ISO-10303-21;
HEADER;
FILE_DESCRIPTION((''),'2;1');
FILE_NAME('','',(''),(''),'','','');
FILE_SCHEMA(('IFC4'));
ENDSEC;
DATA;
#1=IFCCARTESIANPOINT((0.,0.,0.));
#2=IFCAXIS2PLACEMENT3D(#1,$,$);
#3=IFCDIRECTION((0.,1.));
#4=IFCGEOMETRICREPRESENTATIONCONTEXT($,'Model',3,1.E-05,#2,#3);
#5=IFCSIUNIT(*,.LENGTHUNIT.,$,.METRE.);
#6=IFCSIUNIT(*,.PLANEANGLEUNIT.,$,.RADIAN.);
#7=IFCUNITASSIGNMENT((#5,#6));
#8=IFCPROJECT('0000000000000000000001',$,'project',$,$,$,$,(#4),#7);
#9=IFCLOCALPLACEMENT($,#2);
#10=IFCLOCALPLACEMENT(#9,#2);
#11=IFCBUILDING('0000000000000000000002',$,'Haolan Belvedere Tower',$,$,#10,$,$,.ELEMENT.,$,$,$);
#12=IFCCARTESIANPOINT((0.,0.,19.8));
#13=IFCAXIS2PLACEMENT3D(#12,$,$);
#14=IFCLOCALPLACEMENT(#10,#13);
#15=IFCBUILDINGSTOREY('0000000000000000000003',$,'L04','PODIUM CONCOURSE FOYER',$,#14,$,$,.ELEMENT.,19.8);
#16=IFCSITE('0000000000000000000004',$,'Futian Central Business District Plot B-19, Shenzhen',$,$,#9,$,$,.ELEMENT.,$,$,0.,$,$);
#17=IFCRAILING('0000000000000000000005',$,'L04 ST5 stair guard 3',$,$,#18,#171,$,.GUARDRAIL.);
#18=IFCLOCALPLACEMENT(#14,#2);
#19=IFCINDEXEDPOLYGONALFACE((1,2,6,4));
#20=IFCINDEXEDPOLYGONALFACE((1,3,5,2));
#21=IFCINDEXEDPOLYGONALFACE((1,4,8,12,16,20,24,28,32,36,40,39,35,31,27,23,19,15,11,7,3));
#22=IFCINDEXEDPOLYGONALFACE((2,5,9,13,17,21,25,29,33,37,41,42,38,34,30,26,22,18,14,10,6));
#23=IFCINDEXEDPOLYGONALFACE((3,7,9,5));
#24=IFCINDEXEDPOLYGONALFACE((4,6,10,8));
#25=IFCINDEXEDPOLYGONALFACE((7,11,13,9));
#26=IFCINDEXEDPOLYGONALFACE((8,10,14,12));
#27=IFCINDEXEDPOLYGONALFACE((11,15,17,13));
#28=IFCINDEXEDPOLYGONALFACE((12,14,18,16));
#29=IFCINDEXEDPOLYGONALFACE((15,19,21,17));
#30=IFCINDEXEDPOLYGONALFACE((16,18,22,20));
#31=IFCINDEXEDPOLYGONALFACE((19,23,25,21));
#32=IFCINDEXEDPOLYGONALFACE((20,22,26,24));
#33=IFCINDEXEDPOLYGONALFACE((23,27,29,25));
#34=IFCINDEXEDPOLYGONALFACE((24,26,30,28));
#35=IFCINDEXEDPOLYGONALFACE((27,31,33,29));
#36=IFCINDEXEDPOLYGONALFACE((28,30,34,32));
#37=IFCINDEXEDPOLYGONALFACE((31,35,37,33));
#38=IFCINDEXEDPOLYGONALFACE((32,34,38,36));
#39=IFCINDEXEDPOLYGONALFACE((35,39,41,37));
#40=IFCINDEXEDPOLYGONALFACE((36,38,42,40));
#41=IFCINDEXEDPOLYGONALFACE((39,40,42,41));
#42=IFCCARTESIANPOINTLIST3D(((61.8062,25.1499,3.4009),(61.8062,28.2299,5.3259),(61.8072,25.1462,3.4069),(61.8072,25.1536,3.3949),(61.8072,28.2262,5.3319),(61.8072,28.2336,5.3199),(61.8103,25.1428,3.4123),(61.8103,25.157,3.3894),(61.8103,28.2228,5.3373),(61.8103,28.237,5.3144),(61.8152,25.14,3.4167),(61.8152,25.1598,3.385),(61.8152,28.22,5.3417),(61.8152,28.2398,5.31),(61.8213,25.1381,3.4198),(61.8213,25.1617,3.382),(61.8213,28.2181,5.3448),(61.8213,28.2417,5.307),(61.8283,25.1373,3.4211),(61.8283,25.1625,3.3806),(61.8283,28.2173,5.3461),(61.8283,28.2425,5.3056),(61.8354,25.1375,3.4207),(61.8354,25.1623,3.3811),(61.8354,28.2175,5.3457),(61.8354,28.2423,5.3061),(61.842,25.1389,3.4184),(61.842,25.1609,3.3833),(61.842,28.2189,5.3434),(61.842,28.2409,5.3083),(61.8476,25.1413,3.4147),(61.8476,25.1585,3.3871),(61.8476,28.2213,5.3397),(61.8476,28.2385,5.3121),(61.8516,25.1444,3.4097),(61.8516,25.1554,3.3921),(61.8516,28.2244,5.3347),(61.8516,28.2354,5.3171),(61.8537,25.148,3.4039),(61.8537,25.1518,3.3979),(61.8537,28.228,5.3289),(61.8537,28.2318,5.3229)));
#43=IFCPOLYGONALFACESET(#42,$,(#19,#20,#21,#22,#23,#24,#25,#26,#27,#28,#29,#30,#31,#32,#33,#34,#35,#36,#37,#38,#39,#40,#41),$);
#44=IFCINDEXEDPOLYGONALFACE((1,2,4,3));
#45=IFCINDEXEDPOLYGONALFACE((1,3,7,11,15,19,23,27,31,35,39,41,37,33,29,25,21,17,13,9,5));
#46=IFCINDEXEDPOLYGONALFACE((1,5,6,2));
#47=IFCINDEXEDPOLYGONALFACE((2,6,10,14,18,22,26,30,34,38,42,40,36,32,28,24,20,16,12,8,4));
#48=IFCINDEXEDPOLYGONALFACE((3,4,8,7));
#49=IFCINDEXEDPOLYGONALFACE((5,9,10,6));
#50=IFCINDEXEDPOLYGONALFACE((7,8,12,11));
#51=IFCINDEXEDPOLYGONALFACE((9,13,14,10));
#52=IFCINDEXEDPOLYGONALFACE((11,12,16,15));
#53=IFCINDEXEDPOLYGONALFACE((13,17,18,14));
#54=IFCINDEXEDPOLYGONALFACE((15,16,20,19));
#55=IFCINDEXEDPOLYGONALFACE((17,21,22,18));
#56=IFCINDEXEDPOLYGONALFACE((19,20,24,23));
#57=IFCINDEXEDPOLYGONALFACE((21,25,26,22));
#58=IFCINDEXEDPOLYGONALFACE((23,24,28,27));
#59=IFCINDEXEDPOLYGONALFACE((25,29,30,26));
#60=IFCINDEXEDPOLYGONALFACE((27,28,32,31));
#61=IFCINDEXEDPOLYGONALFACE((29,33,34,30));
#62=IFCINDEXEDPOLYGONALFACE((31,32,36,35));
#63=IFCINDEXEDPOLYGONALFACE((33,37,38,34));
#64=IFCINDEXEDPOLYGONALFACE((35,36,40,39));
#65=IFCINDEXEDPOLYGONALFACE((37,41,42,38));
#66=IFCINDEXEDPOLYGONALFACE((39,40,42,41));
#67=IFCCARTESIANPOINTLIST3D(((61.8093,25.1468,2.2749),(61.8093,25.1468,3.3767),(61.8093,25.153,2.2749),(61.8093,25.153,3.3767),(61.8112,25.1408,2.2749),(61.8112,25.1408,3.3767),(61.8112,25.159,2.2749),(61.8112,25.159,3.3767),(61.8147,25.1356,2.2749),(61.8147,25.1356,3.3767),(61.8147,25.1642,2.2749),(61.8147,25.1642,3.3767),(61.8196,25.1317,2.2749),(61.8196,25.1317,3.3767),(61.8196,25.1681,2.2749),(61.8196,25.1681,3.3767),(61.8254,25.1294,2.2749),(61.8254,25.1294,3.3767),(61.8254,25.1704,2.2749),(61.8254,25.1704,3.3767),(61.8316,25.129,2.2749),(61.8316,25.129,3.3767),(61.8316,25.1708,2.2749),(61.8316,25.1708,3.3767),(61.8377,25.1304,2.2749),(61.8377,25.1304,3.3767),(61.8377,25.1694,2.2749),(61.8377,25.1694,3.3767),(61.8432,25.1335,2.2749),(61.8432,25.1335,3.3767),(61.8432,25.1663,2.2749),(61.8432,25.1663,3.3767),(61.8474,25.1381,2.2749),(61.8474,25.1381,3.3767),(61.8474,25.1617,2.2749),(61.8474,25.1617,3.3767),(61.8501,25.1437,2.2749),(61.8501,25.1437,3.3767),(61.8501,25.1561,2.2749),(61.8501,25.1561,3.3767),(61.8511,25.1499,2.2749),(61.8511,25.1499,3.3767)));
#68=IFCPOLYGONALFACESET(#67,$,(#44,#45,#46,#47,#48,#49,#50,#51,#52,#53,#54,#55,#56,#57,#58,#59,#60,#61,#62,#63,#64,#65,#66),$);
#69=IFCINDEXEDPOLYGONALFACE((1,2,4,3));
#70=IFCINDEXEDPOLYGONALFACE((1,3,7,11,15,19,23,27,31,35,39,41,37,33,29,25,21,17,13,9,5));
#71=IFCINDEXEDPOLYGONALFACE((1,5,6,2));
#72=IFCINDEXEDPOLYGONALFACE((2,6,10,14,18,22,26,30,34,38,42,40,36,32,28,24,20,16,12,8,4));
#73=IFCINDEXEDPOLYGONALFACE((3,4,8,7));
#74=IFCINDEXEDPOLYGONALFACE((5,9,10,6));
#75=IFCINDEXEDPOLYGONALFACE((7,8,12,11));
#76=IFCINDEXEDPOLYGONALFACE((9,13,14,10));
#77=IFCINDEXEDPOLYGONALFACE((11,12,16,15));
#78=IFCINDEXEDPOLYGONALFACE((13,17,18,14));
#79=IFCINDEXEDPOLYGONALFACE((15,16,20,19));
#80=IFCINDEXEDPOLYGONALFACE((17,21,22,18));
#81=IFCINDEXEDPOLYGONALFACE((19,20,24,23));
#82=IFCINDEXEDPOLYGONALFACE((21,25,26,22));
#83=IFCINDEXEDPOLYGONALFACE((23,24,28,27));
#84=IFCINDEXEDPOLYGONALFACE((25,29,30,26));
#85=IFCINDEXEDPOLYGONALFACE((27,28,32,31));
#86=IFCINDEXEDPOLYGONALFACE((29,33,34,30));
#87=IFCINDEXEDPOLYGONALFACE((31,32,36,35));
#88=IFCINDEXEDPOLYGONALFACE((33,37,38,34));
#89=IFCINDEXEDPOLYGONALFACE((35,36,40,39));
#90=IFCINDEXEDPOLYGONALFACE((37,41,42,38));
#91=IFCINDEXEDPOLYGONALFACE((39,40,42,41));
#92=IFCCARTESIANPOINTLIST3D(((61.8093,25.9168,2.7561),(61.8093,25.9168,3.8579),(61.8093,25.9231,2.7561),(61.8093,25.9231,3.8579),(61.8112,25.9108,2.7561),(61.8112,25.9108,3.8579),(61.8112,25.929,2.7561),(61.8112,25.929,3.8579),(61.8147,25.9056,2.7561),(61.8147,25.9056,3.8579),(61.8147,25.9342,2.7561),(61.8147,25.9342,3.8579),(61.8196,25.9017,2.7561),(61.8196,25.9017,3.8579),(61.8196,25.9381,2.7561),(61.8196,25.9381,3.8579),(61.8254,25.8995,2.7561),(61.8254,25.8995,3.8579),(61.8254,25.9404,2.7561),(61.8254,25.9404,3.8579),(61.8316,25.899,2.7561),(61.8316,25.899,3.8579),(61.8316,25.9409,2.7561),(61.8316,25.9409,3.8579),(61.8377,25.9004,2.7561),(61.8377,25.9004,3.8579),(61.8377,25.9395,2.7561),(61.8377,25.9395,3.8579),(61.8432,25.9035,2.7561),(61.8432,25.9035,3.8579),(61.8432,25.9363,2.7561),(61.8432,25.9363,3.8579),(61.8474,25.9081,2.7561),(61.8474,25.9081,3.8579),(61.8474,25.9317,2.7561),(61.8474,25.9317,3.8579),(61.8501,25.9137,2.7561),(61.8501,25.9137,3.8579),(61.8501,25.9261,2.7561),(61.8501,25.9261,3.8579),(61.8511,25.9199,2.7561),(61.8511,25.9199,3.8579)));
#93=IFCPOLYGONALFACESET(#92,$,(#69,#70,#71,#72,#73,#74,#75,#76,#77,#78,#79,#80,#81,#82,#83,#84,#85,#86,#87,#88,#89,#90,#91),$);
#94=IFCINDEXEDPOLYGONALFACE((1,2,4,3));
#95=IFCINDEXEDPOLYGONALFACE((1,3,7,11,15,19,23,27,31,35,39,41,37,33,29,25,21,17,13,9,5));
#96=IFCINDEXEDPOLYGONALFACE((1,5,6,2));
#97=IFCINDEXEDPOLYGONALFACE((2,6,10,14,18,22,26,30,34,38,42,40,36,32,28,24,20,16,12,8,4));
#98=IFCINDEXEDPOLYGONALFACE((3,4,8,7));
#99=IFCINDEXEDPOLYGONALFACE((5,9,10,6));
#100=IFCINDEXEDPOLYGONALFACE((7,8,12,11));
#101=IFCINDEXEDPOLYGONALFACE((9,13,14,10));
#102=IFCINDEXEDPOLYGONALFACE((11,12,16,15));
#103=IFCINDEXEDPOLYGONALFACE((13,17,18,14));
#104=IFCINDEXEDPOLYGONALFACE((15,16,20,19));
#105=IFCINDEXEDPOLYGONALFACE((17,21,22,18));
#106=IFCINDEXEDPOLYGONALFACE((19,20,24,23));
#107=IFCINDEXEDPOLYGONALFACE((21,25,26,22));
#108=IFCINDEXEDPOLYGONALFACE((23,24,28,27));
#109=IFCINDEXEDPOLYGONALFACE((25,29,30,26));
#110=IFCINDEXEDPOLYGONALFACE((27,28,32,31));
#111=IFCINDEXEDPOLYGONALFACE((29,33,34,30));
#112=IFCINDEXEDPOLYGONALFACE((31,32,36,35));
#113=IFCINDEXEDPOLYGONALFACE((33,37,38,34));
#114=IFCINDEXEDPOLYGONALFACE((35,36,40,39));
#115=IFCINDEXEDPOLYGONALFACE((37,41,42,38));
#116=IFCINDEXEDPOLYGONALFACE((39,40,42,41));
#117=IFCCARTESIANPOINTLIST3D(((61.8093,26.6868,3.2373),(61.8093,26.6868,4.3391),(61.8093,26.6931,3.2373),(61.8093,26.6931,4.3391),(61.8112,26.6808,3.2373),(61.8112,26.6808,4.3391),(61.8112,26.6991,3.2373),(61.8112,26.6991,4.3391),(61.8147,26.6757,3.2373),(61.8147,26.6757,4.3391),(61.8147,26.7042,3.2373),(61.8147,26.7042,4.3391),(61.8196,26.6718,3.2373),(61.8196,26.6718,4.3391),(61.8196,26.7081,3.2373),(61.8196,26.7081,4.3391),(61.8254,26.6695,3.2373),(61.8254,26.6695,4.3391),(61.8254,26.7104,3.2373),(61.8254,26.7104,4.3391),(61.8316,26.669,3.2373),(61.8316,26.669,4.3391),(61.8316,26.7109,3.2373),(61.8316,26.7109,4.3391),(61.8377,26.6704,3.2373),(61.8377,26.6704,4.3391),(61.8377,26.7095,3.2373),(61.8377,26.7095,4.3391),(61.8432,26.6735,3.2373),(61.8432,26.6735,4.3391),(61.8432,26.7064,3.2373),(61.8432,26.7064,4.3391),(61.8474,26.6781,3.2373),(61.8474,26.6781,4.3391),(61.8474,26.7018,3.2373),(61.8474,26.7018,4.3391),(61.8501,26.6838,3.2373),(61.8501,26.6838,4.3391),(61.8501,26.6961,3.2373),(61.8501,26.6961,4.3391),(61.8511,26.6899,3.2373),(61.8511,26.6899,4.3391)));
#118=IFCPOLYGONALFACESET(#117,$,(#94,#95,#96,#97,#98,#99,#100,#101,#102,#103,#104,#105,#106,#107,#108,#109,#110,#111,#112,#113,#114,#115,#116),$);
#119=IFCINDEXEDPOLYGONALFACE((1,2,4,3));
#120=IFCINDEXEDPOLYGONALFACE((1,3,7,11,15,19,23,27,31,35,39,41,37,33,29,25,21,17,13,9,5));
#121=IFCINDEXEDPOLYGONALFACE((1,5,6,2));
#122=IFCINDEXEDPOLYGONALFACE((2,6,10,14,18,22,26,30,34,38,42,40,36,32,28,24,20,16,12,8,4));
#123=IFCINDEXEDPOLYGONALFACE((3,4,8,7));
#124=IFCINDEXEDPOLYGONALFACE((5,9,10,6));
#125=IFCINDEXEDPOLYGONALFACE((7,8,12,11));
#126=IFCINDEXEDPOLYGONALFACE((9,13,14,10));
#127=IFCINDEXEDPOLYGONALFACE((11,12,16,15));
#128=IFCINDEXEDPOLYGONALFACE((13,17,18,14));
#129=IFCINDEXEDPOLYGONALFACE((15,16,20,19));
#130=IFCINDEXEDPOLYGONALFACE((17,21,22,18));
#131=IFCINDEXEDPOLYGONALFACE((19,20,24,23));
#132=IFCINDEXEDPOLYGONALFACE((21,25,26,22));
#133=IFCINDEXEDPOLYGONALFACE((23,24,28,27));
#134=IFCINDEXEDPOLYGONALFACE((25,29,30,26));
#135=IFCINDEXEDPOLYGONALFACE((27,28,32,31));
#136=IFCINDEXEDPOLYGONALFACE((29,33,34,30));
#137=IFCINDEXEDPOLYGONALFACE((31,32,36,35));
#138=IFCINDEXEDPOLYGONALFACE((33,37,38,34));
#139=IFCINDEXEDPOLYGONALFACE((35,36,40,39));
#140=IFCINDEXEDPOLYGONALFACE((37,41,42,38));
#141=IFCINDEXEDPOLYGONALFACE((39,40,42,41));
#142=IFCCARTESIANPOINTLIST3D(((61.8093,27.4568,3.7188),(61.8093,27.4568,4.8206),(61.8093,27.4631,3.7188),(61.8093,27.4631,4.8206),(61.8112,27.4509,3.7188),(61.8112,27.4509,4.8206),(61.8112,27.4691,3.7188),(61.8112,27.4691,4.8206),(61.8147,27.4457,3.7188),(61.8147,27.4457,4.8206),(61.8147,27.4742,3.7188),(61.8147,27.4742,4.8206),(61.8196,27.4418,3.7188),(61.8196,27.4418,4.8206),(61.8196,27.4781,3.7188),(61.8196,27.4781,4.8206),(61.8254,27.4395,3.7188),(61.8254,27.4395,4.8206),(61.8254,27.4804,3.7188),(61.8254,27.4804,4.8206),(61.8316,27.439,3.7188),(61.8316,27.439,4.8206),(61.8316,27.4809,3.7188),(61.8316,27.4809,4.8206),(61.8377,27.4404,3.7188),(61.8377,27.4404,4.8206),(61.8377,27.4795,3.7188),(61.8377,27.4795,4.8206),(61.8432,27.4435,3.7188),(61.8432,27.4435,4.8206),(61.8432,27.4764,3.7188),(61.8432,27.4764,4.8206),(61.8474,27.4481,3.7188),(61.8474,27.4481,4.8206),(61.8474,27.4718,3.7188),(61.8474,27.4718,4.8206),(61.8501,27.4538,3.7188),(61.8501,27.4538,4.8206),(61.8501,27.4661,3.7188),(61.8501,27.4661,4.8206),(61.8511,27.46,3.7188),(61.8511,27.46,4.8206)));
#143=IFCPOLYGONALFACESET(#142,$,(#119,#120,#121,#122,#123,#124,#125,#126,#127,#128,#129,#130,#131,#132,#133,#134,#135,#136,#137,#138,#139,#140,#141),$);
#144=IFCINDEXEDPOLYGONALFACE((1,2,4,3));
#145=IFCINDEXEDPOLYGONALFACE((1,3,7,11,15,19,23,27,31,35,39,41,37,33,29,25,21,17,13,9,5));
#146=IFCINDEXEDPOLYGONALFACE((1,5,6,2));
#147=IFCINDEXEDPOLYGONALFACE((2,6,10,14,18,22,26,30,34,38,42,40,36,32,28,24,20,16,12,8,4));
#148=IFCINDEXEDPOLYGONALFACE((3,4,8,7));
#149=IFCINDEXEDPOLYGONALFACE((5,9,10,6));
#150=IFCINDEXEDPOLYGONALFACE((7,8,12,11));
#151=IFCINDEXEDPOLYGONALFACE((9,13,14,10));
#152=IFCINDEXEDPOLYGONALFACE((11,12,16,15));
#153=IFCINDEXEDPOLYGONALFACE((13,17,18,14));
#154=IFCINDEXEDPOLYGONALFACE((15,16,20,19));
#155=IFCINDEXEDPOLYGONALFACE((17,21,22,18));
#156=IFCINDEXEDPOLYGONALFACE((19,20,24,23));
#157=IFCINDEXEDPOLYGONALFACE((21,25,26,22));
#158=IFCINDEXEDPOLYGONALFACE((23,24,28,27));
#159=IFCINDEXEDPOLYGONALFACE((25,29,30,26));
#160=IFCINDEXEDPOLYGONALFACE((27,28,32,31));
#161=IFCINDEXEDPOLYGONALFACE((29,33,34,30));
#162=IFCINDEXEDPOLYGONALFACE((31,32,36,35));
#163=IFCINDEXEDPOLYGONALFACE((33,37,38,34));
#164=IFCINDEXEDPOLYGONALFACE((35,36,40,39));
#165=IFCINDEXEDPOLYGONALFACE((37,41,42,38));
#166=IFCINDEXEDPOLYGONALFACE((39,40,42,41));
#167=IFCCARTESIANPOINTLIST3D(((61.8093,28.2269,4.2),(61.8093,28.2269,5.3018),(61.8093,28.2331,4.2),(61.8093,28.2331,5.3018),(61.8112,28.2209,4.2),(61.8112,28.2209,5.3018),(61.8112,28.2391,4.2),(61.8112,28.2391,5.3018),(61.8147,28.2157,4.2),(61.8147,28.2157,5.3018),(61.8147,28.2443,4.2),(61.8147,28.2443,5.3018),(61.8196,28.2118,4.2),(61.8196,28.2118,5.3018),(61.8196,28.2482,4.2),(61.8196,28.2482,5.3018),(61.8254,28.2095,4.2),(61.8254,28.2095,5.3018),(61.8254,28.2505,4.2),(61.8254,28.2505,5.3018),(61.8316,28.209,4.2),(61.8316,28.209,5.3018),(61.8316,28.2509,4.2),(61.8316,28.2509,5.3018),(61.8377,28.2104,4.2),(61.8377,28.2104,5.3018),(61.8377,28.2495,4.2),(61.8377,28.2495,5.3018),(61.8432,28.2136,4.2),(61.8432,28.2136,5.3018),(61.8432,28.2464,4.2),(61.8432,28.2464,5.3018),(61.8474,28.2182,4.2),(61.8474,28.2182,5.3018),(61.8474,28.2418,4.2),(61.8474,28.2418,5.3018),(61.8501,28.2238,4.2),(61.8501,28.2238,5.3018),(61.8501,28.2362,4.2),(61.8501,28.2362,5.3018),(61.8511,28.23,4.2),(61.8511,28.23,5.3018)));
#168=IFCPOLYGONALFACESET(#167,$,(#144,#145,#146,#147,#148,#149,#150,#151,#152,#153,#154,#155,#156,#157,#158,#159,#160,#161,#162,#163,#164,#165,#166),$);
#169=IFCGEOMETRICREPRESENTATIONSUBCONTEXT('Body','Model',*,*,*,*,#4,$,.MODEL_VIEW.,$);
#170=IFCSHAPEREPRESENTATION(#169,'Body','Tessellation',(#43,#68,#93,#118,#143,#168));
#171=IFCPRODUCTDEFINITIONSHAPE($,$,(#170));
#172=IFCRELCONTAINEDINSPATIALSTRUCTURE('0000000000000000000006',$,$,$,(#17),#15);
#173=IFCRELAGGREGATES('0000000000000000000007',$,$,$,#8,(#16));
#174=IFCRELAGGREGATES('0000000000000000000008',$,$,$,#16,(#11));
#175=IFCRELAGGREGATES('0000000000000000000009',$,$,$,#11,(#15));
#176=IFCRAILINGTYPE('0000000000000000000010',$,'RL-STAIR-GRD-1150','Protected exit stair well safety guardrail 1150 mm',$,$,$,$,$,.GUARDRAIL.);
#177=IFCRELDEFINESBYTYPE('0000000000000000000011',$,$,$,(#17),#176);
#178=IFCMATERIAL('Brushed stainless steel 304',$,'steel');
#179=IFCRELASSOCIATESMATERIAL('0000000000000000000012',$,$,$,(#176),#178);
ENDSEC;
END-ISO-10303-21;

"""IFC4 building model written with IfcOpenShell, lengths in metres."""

from ifc_helpers import new_model, si_unit, direction, frame, origin, origin_2d, place, context, subcontext, project, spatial, circle, extrude, material, type_object, element, save


model = new_model("IFC4")

# Units and contexts
model_context = context("Model", 3, precision=1e-05, world=origin(), true_north=direction((0.0, 1.0)))
body_context = subcontext(model_context, "Body", "Model", "MODEL_VIEW")
ifc_project = project(units=[si_unit("LENGTHUNIT", "METRE"), si_unit("PLANEANGLEUNIT", "RADIAN")], contexts=[model_context])

# Site, building, storey
site_placement = place(None, origin())
site = spatial("IfcSite", under=ifc_project, at=site_placement, Name="Futian Central Business District Plot B-19, Shenzhen", CompositionType="ELEMENT", RefElevation=0.0)
building_placement = place(site_placement, origin())
building = spatial("IfcBuilding", under=site, at=building_placement, Name="Haolan Belvedere Tower", CompositionType="ELEMENT")
storey_placement = place(building_placement, frame((0.0, 0.0, 19.8)))
storey = spatial("IfcBuildingStorey", under=building, at=storey_placement, Name="L04", Description="PODIUM CONCOURSE FOYER", CompositionType="ELEMENT", Elevation=19.8)

# Railing
ifc_material_1 = material(Name="Brushed stainless steel 304", Category="steel")
railing_type_1 = type_object("IfcRailingType", Name="RL-STAIR-GRD-1150", Description="Protected exit stair well safety guardrail 1150 mm", PredefinedType="GUARDRAIL", material=ifc_material_1)
railing_1_placement = place(storey_placement, frame((61.8301, 25.1499, 2.2749)))
element("IfcRailing", 1, at=railing_1_placement, inside=storey, type_object=railing_type_1, Name="L04 ST5 stair guard 3", PredefinedType="GUARDRAIL", context=body_context, shape_type="SweptSolid", body=[
    extrude(circle(Radius=0.0239, at=origin_2d()), frame((0.0, 0.0, 1.126), z_axis=(0.0, 0.847998, 0.529999), x_axis=(-1.0, 0.0, 0.0)), (0.0, 0.0, 1.0), 3.6321),
    extrude(circle(Radius=0.021, at=origin_2d()), origin(), (0.0, 0.0, 1.0), 1.1018),
    extrude(circle(Radius=0.021, at=origin_2d()), frame((0.0, 0.77, 0.4812)), (0.0, 0.0, 1.0), 1.1018),
    extrude(circle(Radius=0.021, at=origin_2d()), frame((0.0, 1.54, 0.9624)), (0.0, 0.0, 1.0), 1.1018),
    extrude(circle(Radius=0.021, at=origin_2d()), frame((0.0, 2.3101, 1.4438)), (0.0, 0.0, 1.0), 1.1018),
    extrude(circle(Radius=0.021, at=origin_2d()), frame((0.0, 3.0801, 1.925)), (0.0, 0.0, 1.0), 1.1018),
])

save(model, "model.ifc")
